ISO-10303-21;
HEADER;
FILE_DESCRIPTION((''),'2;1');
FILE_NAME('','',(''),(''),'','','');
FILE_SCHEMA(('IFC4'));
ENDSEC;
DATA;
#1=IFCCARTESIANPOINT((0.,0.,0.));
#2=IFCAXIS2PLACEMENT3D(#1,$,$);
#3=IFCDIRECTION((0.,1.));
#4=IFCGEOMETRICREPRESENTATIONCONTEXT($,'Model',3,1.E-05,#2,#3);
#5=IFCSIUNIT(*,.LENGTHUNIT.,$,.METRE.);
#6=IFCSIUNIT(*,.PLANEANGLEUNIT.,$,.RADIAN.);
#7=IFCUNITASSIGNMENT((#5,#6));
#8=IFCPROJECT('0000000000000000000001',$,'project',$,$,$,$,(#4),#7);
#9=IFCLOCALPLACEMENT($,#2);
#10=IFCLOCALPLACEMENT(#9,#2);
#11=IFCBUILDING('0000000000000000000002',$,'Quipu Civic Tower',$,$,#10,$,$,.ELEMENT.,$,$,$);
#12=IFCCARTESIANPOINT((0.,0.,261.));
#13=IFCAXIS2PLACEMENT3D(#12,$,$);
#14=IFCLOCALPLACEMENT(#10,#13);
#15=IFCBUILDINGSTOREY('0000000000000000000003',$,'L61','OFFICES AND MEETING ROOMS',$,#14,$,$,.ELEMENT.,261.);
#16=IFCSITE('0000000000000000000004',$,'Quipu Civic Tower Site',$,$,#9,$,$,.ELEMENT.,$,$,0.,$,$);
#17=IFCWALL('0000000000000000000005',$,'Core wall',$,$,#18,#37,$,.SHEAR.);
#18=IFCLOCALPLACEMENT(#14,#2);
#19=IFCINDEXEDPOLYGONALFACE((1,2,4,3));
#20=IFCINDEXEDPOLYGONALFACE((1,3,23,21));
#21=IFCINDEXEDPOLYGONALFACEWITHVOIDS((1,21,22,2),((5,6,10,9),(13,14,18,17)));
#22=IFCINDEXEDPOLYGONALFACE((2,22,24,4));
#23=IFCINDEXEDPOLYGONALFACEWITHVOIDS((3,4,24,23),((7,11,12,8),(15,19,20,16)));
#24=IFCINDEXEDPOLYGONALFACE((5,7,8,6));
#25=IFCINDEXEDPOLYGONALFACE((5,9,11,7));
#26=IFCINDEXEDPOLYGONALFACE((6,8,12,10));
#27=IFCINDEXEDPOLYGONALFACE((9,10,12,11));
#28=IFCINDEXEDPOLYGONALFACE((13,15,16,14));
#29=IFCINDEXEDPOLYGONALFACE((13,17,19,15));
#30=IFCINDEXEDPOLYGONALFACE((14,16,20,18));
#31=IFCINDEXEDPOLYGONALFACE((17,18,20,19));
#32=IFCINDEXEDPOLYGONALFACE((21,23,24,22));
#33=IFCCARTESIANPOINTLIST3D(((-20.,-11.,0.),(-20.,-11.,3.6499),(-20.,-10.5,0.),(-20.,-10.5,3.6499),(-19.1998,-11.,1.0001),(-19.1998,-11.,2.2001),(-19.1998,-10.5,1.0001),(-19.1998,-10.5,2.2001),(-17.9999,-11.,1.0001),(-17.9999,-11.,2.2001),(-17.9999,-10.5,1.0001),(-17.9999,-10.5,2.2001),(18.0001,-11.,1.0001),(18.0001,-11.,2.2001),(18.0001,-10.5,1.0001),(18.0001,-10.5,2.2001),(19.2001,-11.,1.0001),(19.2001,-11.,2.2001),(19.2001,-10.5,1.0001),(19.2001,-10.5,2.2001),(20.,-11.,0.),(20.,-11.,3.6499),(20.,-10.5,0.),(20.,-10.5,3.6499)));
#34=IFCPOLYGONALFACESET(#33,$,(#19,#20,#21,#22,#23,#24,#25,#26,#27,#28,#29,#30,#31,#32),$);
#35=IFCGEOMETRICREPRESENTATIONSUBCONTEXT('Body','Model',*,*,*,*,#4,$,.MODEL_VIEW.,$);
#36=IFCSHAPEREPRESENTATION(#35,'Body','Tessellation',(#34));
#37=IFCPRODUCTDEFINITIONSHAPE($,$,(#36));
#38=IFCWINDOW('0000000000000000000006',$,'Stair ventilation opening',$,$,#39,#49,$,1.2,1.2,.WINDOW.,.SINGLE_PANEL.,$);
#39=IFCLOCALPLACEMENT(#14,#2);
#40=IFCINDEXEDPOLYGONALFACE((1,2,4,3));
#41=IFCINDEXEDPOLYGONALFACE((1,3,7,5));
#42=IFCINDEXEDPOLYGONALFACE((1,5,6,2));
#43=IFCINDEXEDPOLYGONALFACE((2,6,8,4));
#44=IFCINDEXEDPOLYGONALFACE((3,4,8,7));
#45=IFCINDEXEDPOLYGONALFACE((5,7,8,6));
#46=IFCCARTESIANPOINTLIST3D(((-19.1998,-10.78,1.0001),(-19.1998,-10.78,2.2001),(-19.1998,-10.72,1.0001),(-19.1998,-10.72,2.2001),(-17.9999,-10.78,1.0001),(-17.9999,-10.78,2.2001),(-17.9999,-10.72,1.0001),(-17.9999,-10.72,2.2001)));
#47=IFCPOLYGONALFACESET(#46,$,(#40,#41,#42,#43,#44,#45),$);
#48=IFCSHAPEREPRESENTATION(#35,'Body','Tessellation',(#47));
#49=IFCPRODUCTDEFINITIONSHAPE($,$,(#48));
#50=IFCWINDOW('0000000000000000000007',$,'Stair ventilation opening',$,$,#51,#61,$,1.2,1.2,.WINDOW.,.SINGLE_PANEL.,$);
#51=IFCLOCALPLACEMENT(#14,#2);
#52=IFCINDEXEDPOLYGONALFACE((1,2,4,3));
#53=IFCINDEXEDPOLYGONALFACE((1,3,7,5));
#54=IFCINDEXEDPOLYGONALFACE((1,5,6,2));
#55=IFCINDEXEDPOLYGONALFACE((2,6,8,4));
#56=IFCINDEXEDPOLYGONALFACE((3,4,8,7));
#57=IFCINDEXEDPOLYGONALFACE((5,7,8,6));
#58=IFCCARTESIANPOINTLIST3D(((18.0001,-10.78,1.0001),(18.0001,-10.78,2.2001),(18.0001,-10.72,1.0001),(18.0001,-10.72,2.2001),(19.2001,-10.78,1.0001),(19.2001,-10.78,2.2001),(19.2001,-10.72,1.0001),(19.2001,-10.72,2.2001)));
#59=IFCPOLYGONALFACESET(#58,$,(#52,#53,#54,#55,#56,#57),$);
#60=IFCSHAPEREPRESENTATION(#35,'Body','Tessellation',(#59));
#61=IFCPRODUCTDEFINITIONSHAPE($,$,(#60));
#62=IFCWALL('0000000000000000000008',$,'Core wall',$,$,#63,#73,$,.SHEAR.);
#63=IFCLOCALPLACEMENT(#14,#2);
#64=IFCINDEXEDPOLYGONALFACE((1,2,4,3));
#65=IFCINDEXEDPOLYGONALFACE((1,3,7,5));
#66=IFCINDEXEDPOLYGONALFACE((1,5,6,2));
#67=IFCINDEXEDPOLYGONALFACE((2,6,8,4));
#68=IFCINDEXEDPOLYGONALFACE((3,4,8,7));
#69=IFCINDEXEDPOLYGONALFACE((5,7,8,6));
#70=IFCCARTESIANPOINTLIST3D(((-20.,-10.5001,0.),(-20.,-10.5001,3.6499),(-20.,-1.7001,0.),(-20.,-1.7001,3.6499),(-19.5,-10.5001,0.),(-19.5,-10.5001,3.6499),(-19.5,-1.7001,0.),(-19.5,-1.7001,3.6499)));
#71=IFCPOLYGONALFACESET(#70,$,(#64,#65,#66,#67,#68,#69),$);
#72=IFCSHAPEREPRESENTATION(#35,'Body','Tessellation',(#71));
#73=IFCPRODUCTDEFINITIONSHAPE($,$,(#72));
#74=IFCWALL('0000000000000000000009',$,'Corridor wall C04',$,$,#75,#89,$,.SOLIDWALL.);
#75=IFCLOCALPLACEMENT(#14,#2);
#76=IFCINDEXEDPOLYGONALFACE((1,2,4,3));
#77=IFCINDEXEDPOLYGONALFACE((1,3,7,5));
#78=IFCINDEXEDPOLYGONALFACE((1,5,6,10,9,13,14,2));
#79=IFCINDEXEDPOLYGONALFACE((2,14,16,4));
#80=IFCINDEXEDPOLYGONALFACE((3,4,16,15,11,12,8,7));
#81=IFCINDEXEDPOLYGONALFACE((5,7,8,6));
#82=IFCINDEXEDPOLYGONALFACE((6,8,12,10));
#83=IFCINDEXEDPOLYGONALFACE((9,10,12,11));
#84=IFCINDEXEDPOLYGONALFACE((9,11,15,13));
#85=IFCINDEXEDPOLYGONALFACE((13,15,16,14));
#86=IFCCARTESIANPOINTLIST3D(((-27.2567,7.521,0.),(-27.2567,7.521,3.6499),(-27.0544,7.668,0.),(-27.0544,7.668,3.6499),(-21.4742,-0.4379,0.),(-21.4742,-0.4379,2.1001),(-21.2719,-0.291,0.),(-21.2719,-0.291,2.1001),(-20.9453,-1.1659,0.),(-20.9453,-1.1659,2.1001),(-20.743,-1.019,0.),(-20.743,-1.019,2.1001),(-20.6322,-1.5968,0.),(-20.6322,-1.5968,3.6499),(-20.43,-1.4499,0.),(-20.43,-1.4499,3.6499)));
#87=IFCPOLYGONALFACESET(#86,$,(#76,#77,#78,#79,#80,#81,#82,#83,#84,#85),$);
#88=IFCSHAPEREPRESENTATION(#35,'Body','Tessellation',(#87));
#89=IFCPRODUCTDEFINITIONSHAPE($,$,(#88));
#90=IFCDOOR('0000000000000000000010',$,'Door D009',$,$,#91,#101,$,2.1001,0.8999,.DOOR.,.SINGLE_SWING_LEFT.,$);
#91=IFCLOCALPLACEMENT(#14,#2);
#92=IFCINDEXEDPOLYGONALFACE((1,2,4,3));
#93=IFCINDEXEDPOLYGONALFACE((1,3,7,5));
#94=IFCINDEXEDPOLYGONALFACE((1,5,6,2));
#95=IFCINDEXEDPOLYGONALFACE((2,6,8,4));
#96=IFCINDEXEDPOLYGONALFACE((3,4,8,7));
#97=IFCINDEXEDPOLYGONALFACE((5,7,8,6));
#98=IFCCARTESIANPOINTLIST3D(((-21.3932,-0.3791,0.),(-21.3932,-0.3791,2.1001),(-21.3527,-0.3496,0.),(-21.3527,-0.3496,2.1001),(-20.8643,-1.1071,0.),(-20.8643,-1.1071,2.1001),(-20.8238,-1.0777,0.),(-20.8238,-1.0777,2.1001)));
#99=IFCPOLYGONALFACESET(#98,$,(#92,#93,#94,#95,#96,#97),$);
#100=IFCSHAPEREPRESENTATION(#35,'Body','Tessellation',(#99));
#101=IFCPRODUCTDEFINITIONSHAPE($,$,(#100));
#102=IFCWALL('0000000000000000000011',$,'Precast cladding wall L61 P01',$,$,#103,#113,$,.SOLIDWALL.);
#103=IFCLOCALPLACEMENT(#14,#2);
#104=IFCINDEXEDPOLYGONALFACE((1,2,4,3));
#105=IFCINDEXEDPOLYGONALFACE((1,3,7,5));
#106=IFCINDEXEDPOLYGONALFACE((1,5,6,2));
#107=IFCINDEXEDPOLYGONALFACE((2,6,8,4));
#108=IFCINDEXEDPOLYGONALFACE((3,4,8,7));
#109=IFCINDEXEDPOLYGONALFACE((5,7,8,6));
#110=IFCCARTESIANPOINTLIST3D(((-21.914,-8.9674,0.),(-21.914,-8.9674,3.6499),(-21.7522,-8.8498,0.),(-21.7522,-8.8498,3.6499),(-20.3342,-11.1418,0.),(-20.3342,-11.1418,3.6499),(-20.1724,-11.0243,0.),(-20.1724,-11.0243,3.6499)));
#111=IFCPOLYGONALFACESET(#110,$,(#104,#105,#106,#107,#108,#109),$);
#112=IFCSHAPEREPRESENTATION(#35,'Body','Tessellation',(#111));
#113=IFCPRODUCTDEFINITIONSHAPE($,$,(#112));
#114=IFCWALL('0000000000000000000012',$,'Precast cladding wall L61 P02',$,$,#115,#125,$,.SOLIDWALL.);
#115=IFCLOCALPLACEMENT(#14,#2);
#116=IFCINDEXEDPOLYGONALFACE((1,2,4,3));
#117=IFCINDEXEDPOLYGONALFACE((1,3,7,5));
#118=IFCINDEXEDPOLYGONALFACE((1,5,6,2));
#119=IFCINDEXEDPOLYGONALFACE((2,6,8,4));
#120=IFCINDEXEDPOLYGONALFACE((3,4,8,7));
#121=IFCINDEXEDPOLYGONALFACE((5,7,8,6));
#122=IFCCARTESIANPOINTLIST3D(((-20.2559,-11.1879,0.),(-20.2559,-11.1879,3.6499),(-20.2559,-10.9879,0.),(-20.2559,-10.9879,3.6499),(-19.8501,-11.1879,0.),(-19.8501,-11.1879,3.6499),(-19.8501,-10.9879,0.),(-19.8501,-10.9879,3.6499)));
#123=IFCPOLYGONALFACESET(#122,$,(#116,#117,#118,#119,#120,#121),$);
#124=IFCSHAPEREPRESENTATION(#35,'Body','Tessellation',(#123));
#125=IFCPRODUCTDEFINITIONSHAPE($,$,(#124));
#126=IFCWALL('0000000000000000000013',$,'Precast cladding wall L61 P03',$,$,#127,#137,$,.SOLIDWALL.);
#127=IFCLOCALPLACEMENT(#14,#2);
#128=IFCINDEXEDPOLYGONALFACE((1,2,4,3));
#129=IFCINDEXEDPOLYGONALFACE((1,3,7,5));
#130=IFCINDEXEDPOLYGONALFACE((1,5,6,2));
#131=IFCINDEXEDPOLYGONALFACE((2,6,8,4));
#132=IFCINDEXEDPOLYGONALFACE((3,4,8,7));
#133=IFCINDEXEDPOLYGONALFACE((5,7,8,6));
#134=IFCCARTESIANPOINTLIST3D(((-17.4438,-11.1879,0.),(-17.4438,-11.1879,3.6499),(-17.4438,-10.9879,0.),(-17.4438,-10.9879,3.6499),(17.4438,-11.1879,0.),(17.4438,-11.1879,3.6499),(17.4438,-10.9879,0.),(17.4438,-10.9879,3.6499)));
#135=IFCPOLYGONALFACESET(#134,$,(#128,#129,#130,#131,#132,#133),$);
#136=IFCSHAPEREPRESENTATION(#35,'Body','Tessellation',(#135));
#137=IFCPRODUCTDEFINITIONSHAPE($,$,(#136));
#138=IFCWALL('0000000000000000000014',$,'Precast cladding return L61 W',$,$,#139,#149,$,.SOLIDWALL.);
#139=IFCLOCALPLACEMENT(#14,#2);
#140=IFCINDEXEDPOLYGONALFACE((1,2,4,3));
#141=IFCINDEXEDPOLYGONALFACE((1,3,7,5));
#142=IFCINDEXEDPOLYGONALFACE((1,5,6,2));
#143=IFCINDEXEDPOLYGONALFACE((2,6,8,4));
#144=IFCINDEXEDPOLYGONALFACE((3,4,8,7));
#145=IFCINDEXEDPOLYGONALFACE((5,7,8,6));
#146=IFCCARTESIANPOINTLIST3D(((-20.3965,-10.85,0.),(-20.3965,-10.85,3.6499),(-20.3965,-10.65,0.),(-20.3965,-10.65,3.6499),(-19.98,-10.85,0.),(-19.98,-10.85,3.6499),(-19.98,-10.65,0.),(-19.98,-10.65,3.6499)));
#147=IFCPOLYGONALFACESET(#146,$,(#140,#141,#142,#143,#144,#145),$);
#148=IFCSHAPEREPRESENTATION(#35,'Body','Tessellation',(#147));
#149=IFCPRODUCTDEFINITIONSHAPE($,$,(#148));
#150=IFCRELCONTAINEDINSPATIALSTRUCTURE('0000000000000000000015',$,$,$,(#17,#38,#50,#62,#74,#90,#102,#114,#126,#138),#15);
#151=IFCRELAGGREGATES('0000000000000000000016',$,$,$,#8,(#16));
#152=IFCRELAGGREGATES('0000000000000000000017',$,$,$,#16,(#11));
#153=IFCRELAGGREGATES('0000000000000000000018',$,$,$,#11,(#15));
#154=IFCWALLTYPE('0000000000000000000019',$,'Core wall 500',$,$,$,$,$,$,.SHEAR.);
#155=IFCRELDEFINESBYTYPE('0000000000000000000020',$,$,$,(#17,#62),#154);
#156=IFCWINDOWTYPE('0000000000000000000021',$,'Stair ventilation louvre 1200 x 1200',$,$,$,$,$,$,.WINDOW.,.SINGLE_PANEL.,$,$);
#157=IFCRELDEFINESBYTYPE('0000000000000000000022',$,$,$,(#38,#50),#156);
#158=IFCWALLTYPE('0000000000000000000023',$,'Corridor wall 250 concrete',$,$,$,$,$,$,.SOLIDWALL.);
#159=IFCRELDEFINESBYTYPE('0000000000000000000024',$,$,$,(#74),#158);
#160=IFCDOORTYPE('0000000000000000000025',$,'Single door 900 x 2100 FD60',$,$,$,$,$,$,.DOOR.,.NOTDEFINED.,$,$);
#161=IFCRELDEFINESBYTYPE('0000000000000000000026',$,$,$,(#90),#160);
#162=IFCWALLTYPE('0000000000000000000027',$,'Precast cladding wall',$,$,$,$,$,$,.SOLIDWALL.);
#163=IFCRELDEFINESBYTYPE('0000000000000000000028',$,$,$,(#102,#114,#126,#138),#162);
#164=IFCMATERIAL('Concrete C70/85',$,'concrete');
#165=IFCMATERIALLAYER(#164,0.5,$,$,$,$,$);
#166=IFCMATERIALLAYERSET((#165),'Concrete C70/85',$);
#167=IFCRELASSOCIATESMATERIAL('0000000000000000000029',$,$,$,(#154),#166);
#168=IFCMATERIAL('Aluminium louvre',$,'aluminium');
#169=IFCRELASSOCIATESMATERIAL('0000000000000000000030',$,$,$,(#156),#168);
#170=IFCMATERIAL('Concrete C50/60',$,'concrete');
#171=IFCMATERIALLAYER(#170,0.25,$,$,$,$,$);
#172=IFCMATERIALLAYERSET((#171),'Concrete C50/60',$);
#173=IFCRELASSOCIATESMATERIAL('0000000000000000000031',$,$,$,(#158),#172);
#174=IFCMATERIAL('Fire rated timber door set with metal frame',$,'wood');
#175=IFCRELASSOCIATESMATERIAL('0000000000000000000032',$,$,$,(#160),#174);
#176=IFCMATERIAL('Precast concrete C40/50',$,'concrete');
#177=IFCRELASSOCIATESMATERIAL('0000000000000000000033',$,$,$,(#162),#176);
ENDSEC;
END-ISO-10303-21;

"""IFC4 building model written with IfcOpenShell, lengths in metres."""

from ifc_helpers import new_model, si_unit, direction, frame, frame_2d, origin, place, context, subcontext, project, spatial, rectangle, extrude, material, layer, layer_set, type_object, element, fill, save


model = new_model("IFC4")

# Units and contexts
model_context = context("Model", 3, precision=1e-05, world=origin(), true_north=direction((0.0, 1.0)))
body_context = subcontext(model_context, "Body", "Model", "MODEL_VIEW")
ifc_project = project(units=[si_unit("LENGTHUNIT", "METRE"), si_unit("PLANEANGLEUNIT", "RADIAN")], contexts=[model_context])

# Site, building, storey
site_placement = place(None, origin())
site = spatial("IfcSite", under=ifc_project, at=site_placement, Name="Quipu Civic Tower Site", CompositionType="ELEMENT", RefElevation=0.0)
building_placement = place(site_placement, origin())
building = spatial("IfcBuilding", under=site, at=building_placement, Name="Quipu Civic Tower", CompositionType="ELEMENT")
storey_placement = place(building_placement, frame((0.0, 0.0, 261.0)))
storey = spatial("IfcBuildingStorey", under=building, at=storey_placement, Name="L61", Description="OFFICES AND MEETING ROOMS", CompositionType="ELEMENT", Elevation=261.0)

# Wall, openings, windows
ifc_material_1 = material(Name="Concrete C70/85", Category="concrete")
ifc_layer_1 = layer(ifc_material_1, 0.5)
ifc_layer_set_1 = layer_set([ifc_layer_1], Name="Concrete C70/85")
wall_type_1 = type_object("IfcWallType", Name="Core wall 500", PredefinedType="SHEAR", material=ifc_layer_set_1)
wall_1_placement = place(storey_placement, frame((-20.0, -10.75, 0.0), z_axis=(0.0, 0.0, 1.0), x_axis=(1.0, 0.0, 0.0)))
wall_1 = element("IfcWall", 1, at=wall_1_placement, inside=storey, type_object=wall_type_1, Name="Core wall", PredefinedType="SHEAR", context=body_context, shape_type="SweptSolid", body=[
    extrude(rectangle(XDim=40.0, YDim=0.5, at=frame_2d((20.0, 0.0))), origin(), (0.0, 0.0, 1.0), 3.6499),
])
opening_1_placement = place(wall_1_placement, frame((0.8, 0.0, 1.0)))
opening_1 = element("IfcOpeningElement", 2, at=opening_1_placement, cuts=wall_1, PredefinedType="OPENING", context=body_context, shape_type="SweptSolid", body=[
    extrude(rectangle(XDim=1.2, YDim=1.2, at=frame_2d((0.6001, 0.6001))), frame((0.0, 0.26, 0.0), z_axis=(0.0, -1.0, 0.0), x_axis=(1.0, 0.0, 0.0)), (0.0, 0.0, 1.0), 0.52),
])
opening_2_placement = place(wall_1_placement, frame((38.0, 0.0, 1.0)))
opening_2 = element("IfcOpeningElement", 3, at=opening_2_placement, cuts=wall_1, PredefinedType="OPENING", context=body_context, shape_type="SweptSolid", body=[
    extrude(rectangle(XDim=1.2, YDim=1.2, at=frame_2d((0.6001, 0.6001))), frame((0.0, 0.26, 0.0), z_axis=(0.0, -1.0, 0.0), x_axis=(1.0, 0.0, 0.0)), (0.0, 0.0, 1.0), 0.52),
])
ifc_material_2 = material(Name="Aluminium louvre", Category="aluminium")
window_type = type_object("IfcWindowType", Name="Stair ventilation louvre 1200 x 1200", PartitioningType="SINGLE_PANEL", PredefinedType="WINDOW", material=ifc_material_2)
window_1_placement = place(opening_1_placement, origin())
window_1 = element("IfcWindow", 4, at=window_1_placement, inside=storey, type_object=window_type, Name="Stair ventilation opening", OverallHeight=1.2, OverallWidth=1.2, PartitioningType="SINGLE_PANEL", PredefinedType="WINDOW", context=body_context, shape_type="SweptSolid", body=[
    extrude(rectangle(XDim=1.2, YDim=1.2, at=frame_2d((0.6001, 0.6001))), frame((0.0, 0.03, 0.0), z_axis=(0.0, -1.0, 0.0), x_axis=(1.0, 0.0, 0.0)), (0.0, 0.0, 1.0), 0.0601),
])
fill(opening_1, window_1)
window_2_placement = place(opening_2_placement, origin())
window_2 = element("IfcWindow", 5, at=window_2_placement, inside=storey, type_object=window_type, Name="Stair ventilation opening", OverallHeight=1.2, OverallWidth=1.2, PartitioningType="SINGLE_PANEL", PredefinedType="WINDOW", context=body_context, shape_type="SweptSolid", body=[
    extrude(rectangle(XDim=1.2, YDim=1.2, at=frame_2d((0.6001, 0.6001))), frame((0.0, 0.03, 0.0), z_axis=(0.0, -1.0, 0.0), x_axis=(1.0, 0.0, 0.0)), (0.0, 0.0, 1.0), 0.0601),
])
fill(opening_2, window_2)

# Wall
wall_2_placement = place(storey_placement, frame((-19.75, -10.5, 0.0), z_axis=(0.0, 0.0, 1.0), x_axis=(0.0, 1.0, 0.0)))
element("IfcWall", 6, at=wall_2_placement, inside=storey, type_object=wall_type_1, Name="Core wall", PredefinedType="SHEAR", context=body_context, shape_type="SweptSolid", body=[
    extrude(rectangle(XDim=8.8, YDim=0.5, at=frame_2d((4.3999, 0.0))), origin(), (0.0, 0.0, 1.0), 3.6499),
])

# Wall, opening, door
ifc_material_3 = material(Name="Concrete C50/60", Category="concrete")
ifc_layer_2 = layer(ifc_material_3, 0.25)
ifc_layer_set_2 = layer_set([ifc_layer_2], Name="Concrete C50/60")
wall_type_2 = type_object("IfcWallType", Name="Corridor wall 250 concrete", PredefinedType="SOLIDWALL", material=ifc_layer_set_2)
wall_3_placement = place(storey_placement, frame((-20.531, -1.5234, 0.0), z_axis=(0.0, 0.0, 1.0), x_axis=(-0.587783, 0.809019, 0.0)))
wall_3 = element("IfcWall", 7, at=wall_3_placement, inside=storey, type_object=wall_type_2, Name="Corridor wall C04", PredefinedType="SOLIDWALL", context=body_context, shape_type="SweptSolid", body=[
    extrude(rectangle(XDim=11.2703, YDim=0.25, at=frame_2d((5.6353, 0.0))), origin(), (0.0, 0.0, 1.0), 3.6499),
])
opening_3_placement = place(wall_3_placement, frame((0.5327, 0.0, 0.0)))
opening_3 = element("IfcOpeningElement", 8, at=opening_3_placement, cuts=wall_3, PredefinedType="OPENING", context=body_context, shape_type="SweptSolid", body=[
    extrude(rectangle(XDim=0.8999, YDim=2.1001, at=frame_2d((0.45, 1.05))), frame((0.0, 0.135, 0.0), z_axis=(0.0, -1.0, 0.0), x_axis=(1.0, 0.0, 0.0)), (0.0, 0.0, 1.0), 0.27),
])
ifc_material_4 = material(Name="Fire rated timber door set with metal frame", Category="wood")
door_type_1 = type_object("IfcDoorType", Name="Single door 900 x 2100 FD60", OperationType="NOTDEFINED", PredefinedType="DOOR", material=ifc_material_4)
door_1_placement = place(opening_3_placement, origin())
door_1 = element("IfcDoor", 9, at=door_1_placement, inside=storey, type_object=door_type_1, Name="Door D009", OperationType="SINGLE_SWING_LEFT", OverallHeight=2.1001, OverallWidth=0.8999, PredefinedType="DOOR", context=body_context, shape_type="SweptSolid", body=[
    extrude(rectangle(XDim=0.8999, YDim=2.1001, at=frame_2d((0.45, 1.05))), frame((0.0, 0.0249, 0.0), z_axis=(0.0, -1.0, 0.0), x_axis=(1.0, 0.0, 0.0)), (0.0, 0.0, 1.0), 0.05),
])
fill(opening_3, door_1)

# Walls
ifc_material_5 = material(Name="Precast concrete C40/50", Category="concrete")
wall_type_3 = type_object("IfcWallType", Name="Precast cladding wall", PredefinedType="SOLIDWALL", material=ifc_material_5)
wall_4_placement = place(storey_placement, frame((-21.833, -8.9087, 0.0), z_axis=(0.0, 0.0, 1.0), x_axis=(0.587767, -0.809031, 0.0)))
element("IfcWall", 10, at=wall_4_placement, inside=storey, type_object=wall_type_3, Name="Precast cladding wall L61 P01", PredefinedType="SOLIDWALL", context=body_context, shape_type="SweptSolid", body=[
    extrude(rectangle(XDim=2.6877, YDim=0.2, at=frame_2d((1.3438, 0.0))), origin(), (0.0, 0.0, 1.0), 3.6499),
])
wall_5_placement = place(storey_placement, frame((-20.2559, -11.0879, 0.0), z_axis=(0.0, 0.0, 1.0), x_axis=(1.0, 0.0, 0.0)))
element("IfcWall", 11, at=wall_5_placement, inside=storey, type_object=wall_type_3, Name="Precast cladding wall L61 P02", PredefinedType="SOLIDWALL", context=body_context, shape_type="SweptSolid", body=[
    extrude(rectangle(XDim=0.4058, YDim=0.2, at=frame_2d((0.2029, 0.0))), origin(), (0.0, 0.0, 1.0), 3.6499),
])
wall_6_placement = place(storey_placement, frame((-17.4438, -11.0879, 0.0), z_axis=(0.0, 0.0, 1.0), x_axis=(1.0, 0.0, 0.0)))
element("IfcWall", 12, at=wall_6_placement, inside=storey, type_object=wall_type_3, Name="Precast cladding wall L61 P03", PredefinedType="SOLIDWALL", context=body_context, shape_type="SweptSolid", body=[
    extrude(rectangle(XDim=34.8877, YDim=0.2, at=frame_2d((17.4438, 0.0))), origin(), (0.0, 0.0, 1.0), 3.6499),
])
wall_7_placement = place(storey_placement, frame((-19.98, -10.75, 0.0), z_axis=(0.0, 0.0, 1.0), x_axis=(-1.0, 0.0, 0.0)))
element("IfcWall", 13, at=wall_7_placement, inside=storey, type_object=wall_type_3, Name="Precast cladding return L61 W", PredefinedType="SOLIDWALL", context=body_context, shape_type="SweptSolid", body=[
    extrude(rectangle(XDim=0.4165, YDim=0.2, at=frame_2d((0.2083, 0.0))), origin(), (0.0, 0.0, 1.0), 3.6499),
])

save(model, "model.ifc")
